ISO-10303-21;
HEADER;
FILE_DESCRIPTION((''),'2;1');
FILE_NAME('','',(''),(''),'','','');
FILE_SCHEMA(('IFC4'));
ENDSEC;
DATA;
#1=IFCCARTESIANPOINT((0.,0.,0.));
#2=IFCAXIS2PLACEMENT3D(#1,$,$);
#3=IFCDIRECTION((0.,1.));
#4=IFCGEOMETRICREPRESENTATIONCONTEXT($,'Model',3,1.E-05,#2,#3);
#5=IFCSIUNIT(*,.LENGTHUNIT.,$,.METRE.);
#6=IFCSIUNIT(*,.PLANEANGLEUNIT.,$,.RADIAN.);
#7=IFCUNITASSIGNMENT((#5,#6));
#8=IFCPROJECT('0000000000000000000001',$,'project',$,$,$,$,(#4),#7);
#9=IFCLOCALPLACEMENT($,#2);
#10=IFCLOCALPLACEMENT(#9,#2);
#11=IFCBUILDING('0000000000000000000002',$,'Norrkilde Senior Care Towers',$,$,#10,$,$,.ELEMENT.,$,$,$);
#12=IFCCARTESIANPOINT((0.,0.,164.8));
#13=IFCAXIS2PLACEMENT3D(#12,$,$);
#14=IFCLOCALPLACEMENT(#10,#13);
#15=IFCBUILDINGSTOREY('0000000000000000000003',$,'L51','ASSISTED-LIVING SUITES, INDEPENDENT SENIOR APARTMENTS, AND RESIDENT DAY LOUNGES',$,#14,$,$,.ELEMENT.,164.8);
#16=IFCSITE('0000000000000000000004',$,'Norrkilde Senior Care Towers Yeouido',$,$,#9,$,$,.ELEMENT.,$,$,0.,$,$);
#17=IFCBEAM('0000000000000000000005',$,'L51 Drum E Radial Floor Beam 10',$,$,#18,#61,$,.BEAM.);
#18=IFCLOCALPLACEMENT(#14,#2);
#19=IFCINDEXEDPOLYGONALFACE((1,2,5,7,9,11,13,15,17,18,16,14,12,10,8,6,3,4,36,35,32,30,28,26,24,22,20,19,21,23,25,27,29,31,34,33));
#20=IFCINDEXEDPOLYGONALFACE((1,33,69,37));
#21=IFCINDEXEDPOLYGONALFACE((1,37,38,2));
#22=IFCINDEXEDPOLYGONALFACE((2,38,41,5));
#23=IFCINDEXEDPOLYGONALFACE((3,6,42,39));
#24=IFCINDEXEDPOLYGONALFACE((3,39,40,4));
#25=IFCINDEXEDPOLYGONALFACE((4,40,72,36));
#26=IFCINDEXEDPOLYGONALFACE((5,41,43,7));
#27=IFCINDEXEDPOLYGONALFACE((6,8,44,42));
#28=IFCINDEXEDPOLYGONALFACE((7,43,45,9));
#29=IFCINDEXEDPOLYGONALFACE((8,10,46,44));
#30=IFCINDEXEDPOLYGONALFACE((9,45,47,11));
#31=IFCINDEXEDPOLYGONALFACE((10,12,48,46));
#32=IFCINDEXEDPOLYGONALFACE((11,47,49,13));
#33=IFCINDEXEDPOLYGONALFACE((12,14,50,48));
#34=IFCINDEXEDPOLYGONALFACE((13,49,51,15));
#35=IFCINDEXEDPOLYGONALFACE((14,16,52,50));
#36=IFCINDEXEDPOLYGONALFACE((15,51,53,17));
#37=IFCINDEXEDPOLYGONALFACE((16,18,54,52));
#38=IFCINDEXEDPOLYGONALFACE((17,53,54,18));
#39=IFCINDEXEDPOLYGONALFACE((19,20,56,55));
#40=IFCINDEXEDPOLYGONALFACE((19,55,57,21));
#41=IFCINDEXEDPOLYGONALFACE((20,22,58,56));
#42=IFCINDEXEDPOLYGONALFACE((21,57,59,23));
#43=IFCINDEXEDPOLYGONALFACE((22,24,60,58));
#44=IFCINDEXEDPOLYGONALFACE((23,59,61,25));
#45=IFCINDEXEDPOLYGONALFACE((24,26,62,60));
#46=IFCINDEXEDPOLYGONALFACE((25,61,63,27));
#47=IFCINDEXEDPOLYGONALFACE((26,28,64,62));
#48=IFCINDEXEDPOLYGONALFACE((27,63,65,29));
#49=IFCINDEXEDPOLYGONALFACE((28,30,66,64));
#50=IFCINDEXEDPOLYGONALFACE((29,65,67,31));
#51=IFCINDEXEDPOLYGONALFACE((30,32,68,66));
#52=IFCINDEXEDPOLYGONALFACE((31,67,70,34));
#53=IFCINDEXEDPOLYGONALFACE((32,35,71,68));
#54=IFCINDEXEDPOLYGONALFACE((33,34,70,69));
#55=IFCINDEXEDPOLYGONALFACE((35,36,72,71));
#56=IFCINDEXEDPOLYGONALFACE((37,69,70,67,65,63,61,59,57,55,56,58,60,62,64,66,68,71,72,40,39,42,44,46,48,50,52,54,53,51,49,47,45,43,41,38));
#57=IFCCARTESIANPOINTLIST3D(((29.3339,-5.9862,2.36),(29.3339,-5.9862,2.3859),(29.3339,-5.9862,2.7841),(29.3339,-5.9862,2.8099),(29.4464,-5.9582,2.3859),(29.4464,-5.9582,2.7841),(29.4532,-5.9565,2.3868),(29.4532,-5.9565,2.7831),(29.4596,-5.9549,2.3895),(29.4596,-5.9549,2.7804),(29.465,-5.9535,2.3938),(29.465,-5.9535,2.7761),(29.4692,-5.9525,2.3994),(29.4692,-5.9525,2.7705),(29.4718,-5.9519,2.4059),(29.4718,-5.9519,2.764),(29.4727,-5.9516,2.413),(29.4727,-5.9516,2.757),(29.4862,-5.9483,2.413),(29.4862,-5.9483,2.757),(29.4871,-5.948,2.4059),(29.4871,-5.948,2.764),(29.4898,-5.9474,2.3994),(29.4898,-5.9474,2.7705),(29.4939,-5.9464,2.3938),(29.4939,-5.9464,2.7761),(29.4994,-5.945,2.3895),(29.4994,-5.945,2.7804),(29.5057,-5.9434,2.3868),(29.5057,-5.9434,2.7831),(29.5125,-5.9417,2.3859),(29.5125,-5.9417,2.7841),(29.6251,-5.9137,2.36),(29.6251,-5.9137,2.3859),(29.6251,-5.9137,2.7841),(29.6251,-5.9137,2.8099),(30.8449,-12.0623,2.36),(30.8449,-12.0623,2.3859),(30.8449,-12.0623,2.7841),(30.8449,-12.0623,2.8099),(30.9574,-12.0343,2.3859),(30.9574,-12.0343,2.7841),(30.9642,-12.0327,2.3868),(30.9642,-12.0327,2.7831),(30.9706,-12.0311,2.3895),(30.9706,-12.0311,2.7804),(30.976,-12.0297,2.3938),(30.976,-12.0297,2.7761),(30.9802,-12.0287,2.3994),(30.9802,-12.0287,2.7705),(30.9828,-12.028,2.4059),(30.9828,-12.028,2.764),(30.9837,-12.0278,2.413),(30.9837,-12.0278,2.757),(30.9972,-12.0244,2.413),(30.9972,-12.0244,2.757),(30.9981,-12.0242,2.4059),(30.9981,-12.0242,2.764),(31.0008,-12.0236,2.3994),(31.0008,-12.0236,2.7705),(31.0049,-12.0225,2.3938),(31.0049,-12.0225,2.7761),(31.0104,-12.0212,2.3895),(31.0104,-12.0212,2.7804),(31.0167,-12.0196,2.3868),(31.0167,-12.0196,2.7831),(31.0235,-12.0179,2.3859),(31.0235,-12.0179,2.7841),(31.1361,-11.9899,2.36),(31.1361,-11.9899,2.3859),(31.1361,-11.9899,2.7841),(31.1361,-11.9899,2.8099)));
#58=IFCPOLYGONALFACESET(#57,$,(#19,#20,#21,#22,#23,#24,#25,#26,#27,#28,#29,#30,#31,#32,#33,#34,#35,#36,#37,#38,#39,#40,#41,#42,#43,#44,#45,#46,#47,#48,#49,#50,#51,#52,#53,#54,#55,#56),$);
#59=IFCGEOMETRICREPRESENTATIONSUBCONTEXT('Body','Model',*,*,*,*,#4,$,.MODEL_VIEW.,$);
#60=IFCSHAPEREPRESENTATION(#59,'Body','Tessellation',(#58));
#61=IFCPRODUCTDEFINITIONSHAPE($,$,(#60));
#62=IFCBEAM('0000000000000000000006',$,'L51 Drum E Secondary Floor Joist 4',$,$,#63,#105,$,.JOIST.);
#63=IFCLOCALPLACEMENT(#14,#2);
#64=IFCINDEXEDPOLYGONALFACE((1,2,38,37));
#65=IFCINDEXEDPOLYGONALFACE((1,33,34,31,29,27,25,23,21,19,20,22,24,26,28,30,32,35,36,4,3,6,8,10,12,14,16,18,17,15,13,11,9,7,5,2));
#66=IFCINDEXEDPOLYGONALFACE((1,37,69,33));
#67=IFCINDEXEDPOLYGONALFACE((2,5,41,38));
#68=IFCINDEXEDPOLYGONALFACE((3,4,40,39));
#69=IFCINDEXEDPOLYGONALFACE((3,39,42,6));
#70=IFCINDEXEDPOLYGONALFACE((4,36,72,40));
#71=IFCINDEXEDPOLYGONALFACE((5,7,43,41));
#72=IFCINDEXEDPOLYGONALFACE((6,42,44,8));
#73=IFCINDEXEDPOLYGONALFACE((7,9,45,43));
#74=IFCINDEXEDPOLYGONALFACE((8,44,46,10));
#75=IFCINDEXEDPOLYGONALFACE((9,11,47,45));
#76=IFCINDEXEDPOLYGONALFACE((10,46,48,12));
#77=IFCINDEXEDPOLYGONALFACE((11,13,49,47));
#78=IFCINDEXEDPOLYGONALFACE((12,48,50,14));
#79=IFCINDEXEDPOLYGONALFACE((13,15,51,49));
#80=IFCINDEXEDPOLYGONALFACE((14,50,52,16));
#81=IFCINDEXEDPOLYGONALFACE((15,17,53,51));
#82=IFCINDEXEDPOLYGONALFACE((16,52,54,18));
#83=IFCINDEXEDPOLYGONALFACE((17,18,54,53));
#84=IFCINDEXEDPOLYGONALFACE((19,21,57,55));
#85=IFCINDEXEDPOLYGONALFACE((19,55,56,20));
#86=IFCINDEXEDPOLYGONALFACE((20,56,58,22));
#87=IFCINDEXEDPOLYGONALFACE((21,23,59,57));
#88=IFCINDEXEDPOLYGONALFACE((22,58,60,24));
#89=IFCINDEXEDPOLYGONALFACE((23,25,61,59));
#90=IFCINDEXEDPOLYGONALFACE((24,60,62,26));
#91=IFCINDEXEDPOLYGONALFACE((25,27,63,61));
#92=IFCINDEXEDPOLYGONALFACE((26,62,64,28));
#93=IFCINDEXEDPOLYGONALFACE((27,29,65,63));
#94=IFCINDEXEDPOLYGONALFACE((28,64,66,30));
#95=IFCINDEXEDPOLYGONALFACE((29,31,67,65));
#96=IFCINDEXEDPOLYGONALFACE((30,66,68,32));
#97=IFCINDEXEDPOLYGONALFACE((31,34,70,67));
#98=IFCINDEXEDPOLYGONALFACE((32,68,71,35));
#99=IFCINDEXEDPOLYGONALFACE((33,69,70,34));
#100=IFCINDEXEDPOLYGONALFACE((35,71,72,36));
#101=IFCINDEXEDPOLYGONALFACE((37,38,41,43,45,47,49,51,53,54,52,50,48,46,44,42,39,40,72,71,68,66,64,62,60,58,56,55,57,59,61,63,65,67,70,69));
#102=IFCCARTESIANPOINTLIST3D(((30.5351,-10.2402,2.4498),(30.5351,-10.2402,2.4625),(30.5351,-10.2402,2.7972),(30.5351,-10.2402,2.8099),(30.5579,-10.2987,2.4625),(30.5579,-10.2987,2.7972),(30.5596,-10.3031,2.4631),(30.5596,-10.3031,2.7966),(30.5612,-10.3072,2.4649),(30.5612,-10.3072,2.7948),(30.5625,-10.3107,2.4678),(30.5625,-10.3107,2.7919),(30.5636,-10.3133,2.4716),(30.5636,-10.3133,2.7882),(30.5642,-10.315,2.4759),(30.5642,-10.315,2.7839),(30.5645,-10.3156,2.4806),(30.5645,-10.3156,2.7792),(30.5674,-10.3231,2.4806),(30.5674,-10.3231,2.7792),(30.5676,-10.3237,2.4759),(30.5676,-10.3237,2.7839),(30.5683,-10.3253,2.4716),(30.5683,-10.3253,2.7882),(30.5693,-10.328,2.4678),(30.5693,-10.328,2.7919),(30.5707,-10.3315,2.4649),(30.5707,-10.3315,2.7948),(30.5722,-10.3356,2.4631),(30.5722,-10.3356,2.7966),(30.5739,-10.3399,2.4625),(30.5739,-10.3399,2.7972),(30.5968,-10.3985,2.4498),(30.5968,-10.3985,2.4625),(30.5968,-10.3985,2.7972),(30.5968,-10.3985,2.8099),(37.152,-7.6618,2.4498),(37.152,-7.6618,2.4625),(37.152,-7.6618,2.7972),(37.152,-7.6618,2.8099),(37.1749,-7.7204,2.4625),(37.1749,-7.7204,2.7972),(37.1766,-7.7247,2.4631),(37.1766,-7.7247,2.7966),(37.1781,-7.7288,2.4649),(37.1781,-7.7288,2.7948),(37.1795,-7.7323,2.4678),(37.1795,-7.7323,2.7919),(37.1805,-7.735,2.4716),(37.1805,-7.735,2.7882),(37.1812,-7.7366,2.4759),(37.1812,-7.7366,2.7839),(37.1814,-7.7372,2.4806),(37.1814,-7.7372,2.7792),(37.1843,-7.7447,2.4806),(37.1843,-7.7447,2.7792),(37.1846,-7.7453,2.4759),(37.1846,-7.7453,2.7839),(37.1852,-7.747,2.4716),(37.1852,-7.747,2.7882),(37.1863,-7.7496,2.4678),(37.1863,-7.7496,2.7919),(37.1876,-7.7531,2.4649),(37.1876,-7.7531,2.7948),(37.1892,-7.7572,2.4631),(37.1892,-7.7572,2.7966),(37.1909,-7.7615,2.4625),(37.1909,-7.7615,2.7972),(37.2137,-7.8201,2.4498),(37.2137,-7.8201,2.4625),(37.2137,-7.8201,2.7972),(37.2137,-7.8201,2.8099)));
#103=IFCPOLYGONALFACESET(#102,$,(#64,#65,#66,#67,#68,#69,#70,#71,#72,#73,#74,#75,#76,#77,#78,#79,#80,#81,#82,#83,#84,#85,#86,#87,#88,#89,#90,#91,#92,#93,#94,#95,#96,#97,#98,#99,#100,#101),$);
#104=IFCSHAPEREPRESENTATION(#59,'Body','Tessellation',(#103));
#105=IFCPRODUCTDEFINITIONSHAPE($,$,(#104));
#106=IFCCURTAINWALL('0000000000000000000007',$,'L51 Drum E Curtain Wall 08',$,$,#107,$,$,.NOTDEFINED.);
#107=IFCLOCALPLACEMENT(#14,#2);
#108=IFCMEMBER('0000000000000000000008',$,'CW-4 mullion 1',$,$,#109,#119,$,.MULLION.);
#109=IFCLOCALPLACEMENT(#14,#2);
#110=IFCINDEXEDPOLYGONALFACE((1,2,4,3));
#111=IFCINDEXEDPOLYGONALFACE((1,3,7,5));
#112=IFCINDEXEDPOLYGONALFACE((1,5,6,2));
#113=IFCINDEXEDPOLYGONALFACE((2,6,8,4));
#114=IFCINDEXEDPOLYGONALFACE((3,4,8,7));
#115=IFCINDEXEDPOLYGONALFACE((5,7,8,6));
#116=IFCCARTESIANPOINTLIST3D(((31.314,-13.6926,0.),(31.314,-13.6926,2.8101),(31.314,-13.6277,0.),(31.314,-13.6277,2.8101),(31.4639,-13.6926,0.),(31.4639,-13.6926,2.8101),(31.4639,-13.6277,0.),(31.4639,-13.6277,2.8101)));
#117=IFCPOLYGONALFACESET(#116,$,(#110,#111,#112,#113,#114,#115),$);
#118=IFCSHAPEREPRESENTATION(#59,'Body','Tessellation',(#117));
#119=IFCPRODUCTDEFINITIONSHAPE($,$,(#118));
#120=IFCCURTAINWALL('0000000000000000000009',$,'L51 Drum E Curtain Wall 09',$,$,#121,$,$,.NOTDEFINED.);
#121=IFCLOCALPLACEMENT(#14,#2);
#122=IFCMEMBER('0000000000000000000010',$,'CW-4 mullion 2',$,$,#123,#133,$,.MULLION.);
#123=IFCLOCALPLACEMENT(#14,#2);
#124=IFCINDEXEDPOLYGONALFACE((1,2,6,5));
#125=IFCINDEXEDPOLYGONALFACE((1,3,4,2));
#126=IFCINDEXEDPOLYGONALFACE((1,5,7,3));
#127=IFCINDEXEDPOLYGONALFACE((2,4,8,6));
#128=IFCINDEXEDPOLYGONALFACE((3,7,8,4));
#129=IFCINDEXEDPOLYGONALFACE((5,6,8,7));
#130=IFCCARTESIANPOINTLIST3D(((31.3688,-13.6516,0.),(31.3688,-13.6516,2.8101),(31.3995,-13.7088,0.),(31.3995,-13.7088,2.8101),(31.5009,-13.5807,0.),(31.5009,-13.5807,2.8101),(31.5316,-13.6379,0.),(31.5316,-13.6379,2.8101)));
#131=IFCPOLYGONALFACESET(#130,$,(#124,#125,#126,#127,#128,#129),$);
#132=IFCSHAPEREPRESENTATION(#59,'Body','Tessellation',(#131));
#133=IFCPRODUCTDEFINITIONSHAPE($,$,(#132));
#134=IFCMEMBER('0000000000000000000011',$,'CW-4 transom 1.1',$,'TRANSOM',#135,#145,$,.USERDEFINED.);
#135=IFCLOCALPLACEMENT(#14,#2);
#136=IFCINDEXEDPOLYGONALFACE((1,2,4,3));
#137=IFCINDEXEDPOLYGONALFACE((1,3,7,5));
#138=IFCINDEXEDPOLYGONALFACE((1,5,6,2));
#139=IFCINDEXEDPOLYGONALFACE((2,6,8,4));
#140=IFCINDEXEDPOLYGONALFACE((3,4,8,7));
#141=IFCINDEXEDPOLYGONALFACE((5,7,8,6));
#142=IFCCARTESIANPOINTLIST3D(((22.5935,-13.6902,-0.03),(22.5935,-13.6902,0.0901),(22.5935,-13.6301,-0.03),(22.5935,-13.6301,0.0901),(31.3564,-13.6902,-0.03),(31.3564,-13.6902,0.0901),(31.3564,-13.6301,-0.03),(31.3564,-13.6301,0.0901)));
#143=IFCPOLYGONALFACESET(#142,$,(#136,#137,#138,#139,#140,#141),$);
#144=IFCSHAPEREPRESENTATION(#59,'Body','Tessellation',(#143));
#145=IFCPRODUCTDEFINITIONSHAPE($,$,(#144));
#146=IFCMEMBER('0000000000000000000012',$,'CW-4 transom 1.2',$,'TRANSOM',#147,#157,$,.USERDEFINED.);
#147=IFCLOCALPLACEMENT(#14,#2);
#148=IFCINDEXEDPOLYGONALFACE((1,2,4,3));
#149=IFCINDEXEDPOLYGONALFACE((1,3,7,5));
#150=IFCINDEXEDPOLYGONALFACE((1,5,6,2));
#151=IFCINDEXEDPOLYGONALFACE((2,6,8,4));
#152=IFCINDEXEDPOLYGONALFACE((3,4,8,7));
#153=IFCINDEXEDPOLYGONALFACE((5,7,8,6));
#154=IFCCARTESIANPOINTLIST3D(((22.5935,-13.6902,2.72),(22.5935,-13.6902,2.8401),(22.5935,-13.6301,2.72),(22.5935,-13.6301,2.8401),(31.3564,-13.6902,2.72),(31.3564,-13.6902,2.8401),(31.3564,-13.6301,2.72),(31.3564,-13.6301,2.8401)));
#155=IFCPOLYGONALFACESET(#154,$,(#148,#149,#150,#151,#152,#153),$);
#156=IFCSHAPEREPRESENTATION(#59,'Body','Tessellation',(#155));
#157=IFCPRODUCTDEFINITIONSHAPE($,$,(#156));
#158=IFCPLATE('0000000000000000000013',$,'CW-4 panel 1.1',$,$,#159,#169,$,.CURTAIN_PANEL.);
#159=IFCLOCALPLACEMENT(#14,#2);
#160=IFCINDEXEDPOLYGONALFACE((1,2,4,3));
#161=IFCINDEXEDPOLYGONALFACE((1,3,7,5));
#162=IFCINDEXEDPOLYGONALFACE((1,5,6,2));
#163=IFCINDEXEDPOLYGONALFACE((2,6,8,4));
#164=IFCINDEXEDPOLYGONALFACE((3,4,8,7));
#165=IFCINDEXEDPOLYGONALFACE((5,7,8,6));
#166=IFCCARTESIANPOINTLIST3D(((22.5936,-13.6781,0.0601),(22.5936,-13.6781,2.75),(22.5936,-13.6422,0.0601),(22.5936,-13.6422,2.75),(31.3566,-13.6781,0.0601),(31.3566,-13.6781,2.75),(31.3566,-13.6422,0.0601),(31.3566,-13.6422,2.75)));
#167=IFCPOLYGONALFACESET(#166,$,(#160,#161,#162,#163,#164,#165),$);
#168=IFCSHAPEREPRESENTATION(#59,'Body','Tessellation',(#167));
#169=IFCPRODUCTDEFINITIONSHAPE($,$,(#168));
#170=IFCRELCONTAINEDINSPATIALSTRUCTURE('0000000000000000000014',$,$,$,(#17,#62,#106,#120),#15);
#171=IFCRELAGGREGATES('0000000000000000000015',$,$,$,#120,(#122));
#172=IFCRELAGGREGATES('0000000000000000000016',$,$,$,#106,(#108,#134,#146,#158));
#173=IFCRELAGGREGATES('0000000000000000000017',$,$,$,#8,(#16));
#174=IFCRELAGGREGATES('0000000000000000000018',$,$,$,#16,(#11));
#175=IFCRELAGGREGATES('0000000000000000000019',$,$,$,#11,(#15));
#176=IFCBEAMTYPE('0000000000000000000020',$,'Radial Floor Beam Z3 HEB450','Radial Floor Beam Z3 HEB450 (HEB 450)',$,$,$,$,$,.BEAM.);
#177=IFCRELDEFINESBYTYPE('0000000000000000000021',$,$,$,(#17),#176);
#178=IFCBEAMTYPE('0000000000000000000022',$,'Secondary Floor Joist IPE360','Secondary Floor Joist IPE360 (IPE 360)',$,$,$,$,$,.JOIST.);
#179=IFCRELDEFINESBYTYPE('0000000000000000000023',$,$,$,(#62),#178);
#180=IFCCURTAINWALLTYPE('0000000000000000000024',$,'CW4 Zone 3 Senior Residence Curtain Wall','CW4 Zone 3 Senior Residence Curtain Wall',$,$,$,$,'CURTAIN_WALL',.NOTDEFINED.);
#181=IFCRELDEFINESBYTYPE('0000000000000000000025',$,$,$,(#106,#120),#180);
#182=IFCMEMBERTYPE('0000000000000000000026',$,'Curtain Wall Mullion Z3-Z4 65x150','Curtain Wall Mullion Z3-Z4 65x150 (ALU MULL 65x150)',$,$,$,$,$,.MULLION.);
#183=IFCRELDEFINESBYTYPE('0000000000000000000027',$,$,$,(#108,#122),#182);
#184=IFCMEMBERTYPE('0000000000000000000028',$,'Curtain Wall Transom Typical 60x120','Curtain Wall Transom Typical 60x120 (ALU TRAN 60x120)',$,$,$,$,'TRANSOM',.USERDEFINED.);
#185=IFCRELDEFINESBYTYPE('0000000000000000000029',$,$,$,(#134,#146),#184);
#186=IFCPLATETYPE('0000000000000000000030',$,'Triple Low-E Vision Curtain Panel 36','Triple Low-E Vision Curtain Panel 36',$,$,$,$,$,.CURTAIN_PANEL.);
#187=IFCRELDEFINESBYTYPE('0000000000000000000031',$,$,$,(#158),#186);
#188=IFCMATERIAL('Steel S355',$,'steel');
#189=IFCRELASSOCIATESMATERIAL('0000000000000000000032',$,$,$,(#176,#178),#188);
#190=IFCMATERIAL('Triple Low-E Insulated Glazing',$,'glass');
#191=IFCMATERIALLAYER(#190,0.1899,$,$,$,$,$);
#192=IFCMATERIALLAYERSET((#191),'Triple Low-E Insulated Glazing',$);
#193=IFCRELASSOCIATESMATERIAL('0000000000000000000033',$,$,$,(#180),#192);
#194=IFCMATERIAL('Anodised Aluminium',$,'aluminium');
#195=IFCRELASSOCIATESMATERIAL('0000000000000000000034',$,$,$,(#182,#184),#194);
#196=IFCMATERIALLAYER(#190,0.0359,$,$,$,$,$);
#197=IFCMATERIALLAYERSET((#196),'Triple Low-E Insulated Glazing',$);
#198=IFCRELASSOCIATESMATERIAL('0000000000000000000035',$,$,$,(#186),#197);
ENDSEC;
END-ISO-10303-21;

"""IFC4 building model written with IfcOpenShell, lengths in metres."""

from ifc_helpers import new_model, si_unit, direction, frame, origin, origin_2d, place, context, subcontext, project, spatial, rectangle, i_section, extrude, source, transform, mapped, material, layer, layer_set, material_profile, profile_set, type_object, type_shapes, element, aggregate, save


model = new_model("IFC4")

# Units and contexts
model_context = context("Model", 3, precision=1e-05, world=origin(), true_north=direction((0.0, 1.0)))
body_context = subcontext(model_context, "Body", "Model", "MODEL_VIEW")
ifc_project = project(units=[si_unit("LENGTHUNIT", "METRE"), si_unit("PLANEANGLEUNIT", "RADIAN")], contexts=[model_context])

# Site, building, storey
site_placement = place(None, origin())
site = spatial("IfcSite", under=ifc_project, at=site_placement, Name="Norrkilde Senior Care Towers Yeouido", CompositionType="ELEMENT", RefElevation=0.0)
building_placement = place(site_placement, origin())
building = spatial("IfcBuilding", under=site, at=building_placement, Name="Norrkilde Senior Care Towers", CompositionType="ELEMENT")
storey_placement = place(building_placement, frame((0.0, 0.0, 164.8)))
storey = spatial("IfcBuildingStorey", under=building, at=storey_placement, Name="L51", Description="ASSISTED-LIVING SUITES, INDEPENDENT SENIOR APARTMENTS, AND RESIDENT DAY LOUNGES", CompositionType="ELEMENT", Elevation=164.8)

# Beams
ifc_material_1 = material(Name="Steel S355", Category="steel")
ifc_material_profile_1 = material_profile(ifc_material_1, i_section(OverallWidth=0.3, OverallDepth=0.45, WebThickness=0.0139, FlangeThickness=0.0259, FilletRadius=0.0271, at=origin_2d()), Name="HEB 450")
ifc_profile_set_1 = profile_set([ifc_material_profile_1], Name="Steel S355")
beam_type_1 = type_object("IfcBeamType", Name="Radial Floor Beam Z3 HEB450", Description="Radial Floor Beam Z3 HEB450 (HEB 450)", PredefinedType="BEAM", material=ifc_profile_set_1)
shared_shape_1 = source(origin(), body_context, "Body", "SweptSolid", [
    extrude(i_section(OverallWidth=0.3, OverallDepth=0.45, WebThickness=0.0139, FlangeThickness=0.0259, FilletRadius=0.0271, at=origin_2d()), origin(), (0.0, 0.0, 1.0), 6.2612),
])
beam_1_placement = place(storey_placement, frame((29.4795, -5.95, 2.585), z_axis=(0.241324, -0.970445, 0.0), x_axis=(0.970445, 0.241324, 0.0)))
element("IfcBeam", 1, at=beam_1_placement, inside=storey, type_object=beam_type_1, Name="L51 Drum E Radial Floor Beam 10", PredefinedType="BEAM", context=body_context, shape_type="MappedRepresentation", body=[
    mapped(shared_shape_1, transform((0.0, 0.0, 0.0), x_axis=(1.0, 0.0, 0.0), y_axis=(0.0, 1.0, 0.0), z_axis=(0.0, 0.0, 1.0), scale=1.0)),
])
ifc_material_profile_2 = material_profile(ifc_material_1, i_section(OverallWidth=0.1699, OverallDepth=0.3601, WebThickness=0.0081, FlangeThickness=0.0127, FilletRadius=0.0181, at=origin_2d()), Name="IPE 360")
ifc_profile_set_2 = profile_set([ifc_material_profile_2], Name="Steel S355")
beam_type_2 = type_object("IfcBeamType", Name="Secondary Floor Joist IPE360", Description="Secondary Floor Joist IPE360 (IPE 360)", PredefinedType="JOIST", material=ifc_profile_set_2)
shared_shape_2 = source(origin(), body_context, "Body", "SweptSolid", [
    extrude(i_section(OverallWidth=0.1699, OverallDepth=0.3601, WebThickness=0.0081, FlangeThickness=0.0127, FilletRadius=0.0181, at=origin_2d()), origin(), (0.0, 0.0, 1.0), 7.1016),
])
type_shapes(beam_type_2, [shared_shape_2])
beam_2_placement = place(storey_placement, frame((30.5659, -10.3193, 2.6299), z_axis=(0.931761, 0.363072, 0.0), x_axis=(-0.363072, 0.931761, 0.0)))
element("IfcBeam", 2, at=beam_2_placement, inside=storey, type_object=beam_type_2, Name="L51 Drum E Secondary Floor Joist 4", PredefinedType="JOIST", context=body_context, shape_type="MappedRepresentation", body=[
    mapped(shared_shape_2, transform((0.0, 0.0, 0.0), x_axis=(1.0, 0.0, 0.0), y_axis=(0.0, 1.0, 0.0), z_axis=(0.0, 0.0, 1.0), scale=1.0)),
])

# Curtain walls, members
ifc_material_2 = material(Name="Triple Low-E Insulated Glazing", Category="glass")
ifc_layer_1 = layer(ifc_material_2, 0.1899)
ifc_layer_set_1 = layer_set([ifc_layer_1], Name="Triple Low-E Insulated Glazing")
curtain_wall_type = type_object("IfcCurtainWallType", Name="CW4 Zone 3 Senior Residence Curtain Wall", Description="CW4 Zone 3 Senior Residence Curtain Wall", ElementType="CURTAIN_WALL", PredefinedType="NOTDEFINED", material=ifc_layer_set_1)
curtain_wall_1_placement = place(storey_placement, origin())
curtain_wall_1 = element("IfcCurtainWall", 3, at=curtain_wall_1_placement, inside=storey, type_object=curtain_wall_type, Name="L51 Drum E Curtain Wall 08", PredefinedType="NOTDEFINED")
ifc_material_3 = material(Name="Anodised Aluminium", Category="aluminium")
ifc_material_profile_3 = material_profile(ifc_material_3, rectangle(XDim=0.0649, YDim=0.1499, at=origin_2d()), Name="ALU MULL 65x150")
ifc_profile_set_3 = profile_set([ifc_material_profile_3], Name="Anodised Aluminium")
member_type_1 = type_object("IfcMemberType", Name="Curtain Wall Mullion Z3-Z4 65x150", Description="Curtain Wall Mullion Z3-Z4 65x150 (ALU MULL 65x150)", PredefinedType="MULLION", material=ifc_profile_set_3)
shared_shape_3 = source(origin(), body_context, "Body", "SweptSolid", [
    extrude(rectangle(XDim=0.0649, YDim=0.1499, at=origin_2d()), origin(), (0.0, 0.0, 1.0), 2.8101),
])
type_shapes(member_type_1, [shared_shape_3])
member_1_placement = place(storey_placement, frame((31.3889, -13.6602, 0.0), z_axis=(0.0, 0.0, 1.0), x_axis=(0.0, -1.0, 0.0)))
member_1 = element("IfcMember", 4, at=member_1_placement, type_object=member_type_1, Name="CW-4 mullion 1", PredefinedType="MULLION", context=body_context, shape_type="MappedRepresentation", body=[
    mapped(shared_shape_3, transform((0.0, 0.0, 0.0), x_axis=(1.0, 0.0, 0.0), y_axis=(0.0, 1.0, 0.0), z_axis=(0.0, 0.0, 1.0), scale=1.0)),
])
curtain_wall_2_placement = place(storey_placement, origin())
curtain_wall_2 = element("IfcCurtainWall", 5, at=curtain_wall_2_placement, inside=storey, type_object=curtain_wall_type, Name="L51 Drum E Curtain Wall 09", PredefinedType="NOTDEFINED")
member_2_placement = place(storey_placement, frame((31.4502, -13.6448, 0.0), z_axis=(0.0, 0.0, 1.0), x_axis=(0.473117, -0.881, 0.0)))
member_2 = element("IfcMember", 6, at=member_2_placement, type_object=member_type_1, Name="CW-4 mullion 2", PredefinedType="MULLION", context=body_context, shape_type="MappedRepresentation", body=[
    mapped(shared_shape_3, transform((0.0, 0.0, 0.0), x_axis=(1.0, 0.0, 0.0), y_axis=(0.0, 1.0, 0.0), z_axis=(0.0, 0.0, 1.0), scale=1.0)),
])
aggregate(curtain_wall_2, [member_2])

# Members
ifc_material_profile_4 = material_profile(ifc_material_3, rectangle(XDim=0.0601, YDim=0.1201, at=origin_2d()), Name="ALU TRAN 60x120")
ifc_profile_set_4 = profile_set([ifc_material_profile_4], Name="Anodised Aluminium")
member_type_2 = type_object("IfcMemberType", Name="Curtain Wall Transom Typical 60x120", Description="Curtain Wall Transom Typical 60x120 (ALU TRAN 60x120)", ElementType="TRANSOM", PredefinedType="USERDEFINED", material=ifc_profile_set_4)
shared_shape_4 = source(origin(), body_context, "Body", "SweptSolid", [
    extrude(rectangle(XDim=0.0601, YDim=0.1201, at=origin_2d()), origin(), (0.0, 0.0, 1.0), 8.7629),
])
type_shapes(member_type_2, [shared_shape_4])
member_3_placement = place(storey_placement, frame((31.3564, -13.6602, 0.03), z_axis=(-1.0, 0.0, 0.0), x_axis=(0.0, -1.0, 0.0)))
member_3 = element("IfcMember", 7, at=member_3_placement, type_object=member_type_2, Name="CW-4 transom 1.1", ObjectType="TRANSOM", PredefinedType="USERDEFINED", context=body_context, shape_type="MappedRepresentation", body=[
    mapped(shared_shape_4, transform((0.0, 0.0, 0.0), x_axis=(1.0, 0.0, 0.0), y_axis=(0.0, 1.0, 0.0), z_axis=(0.0, 0.0, 1.0), scale=1.0)),
])
member_4_placement = place(storey_placement, frame((31.3564, -13.6602, 2.78), z_axis=(-1.0, 0.0, 0.0), x_axis=(0.0, -1.0, 0.0)))
member_4 = element("IfcMember", 8, at=member_4_placement, type_object=member_type_2, Name="CW-4 transom 1.2", ObjectType="TRANSOM", PredefinedType="USERDEFINED", context=body_context, shape_type="MappedRepresentation", body=[
    mapped(shared_shape_4, transform((0.0, 0.0, 0.0), x_axis=(1.0, 0.0, 0.0), y_axis=(0.0, 1.0, 0.0), z_axis=(0.0, 0.0, 1.0), scale=1.0)),
])

# Plate
ifc_layer_2 = layer(ifc_material_2, 0.0359)
ifc_layer_set_2 = layer_set([ifc_layer_2], Name="Triple Low-E Insulated Glazing")
plate_type = type_object("IfcPlateType", Name="Triple Low-E Vision Curtain Panel 36", Description="Triple Low-E Vision Curtain Panel 36", PredefinedType="CURTAIN_PANEL", material=ifc_layer_set_2)
shared_shape_5 = source(origin(), body_context, "Body", "SweptSolid", [
    extrude(rectangle(XDim=8.7629, YDim=0.0359, at=origin_2d()), origin(), (0.0, 0.0, 1.0), 2.6899),
])
type_shapes(plate_type, [shared_shape_5])
plate_placement = place(storey_placement, frame((26.9751, -13.6602, 0.0601), z_axis=(0.0, 0.0, 1.0), x_axis=(-1.0, 0.0, 0.0)))
plate = element("IfcPlate", 9, at=plate_placement, type_object=plate_type, Name="CW-4 panel 1.1", PredefinedType="CURTAIN_PANEL", context=body_context, shape_type="MappedRepresentation", body=[
    mapped(shared_shape_5, transform((0.0, 0.0, 0.0), x_axis=(1.0, 0.0, 0.0), y_axis=(0.0, 1.0, 0.0), z_axis=(0.0, 0.0, 1.0), scale=1.0)),
])
aggregate(curtain_wall_1, [member_1, member_3, member_4, plate])

save(model, "model.ifc")
